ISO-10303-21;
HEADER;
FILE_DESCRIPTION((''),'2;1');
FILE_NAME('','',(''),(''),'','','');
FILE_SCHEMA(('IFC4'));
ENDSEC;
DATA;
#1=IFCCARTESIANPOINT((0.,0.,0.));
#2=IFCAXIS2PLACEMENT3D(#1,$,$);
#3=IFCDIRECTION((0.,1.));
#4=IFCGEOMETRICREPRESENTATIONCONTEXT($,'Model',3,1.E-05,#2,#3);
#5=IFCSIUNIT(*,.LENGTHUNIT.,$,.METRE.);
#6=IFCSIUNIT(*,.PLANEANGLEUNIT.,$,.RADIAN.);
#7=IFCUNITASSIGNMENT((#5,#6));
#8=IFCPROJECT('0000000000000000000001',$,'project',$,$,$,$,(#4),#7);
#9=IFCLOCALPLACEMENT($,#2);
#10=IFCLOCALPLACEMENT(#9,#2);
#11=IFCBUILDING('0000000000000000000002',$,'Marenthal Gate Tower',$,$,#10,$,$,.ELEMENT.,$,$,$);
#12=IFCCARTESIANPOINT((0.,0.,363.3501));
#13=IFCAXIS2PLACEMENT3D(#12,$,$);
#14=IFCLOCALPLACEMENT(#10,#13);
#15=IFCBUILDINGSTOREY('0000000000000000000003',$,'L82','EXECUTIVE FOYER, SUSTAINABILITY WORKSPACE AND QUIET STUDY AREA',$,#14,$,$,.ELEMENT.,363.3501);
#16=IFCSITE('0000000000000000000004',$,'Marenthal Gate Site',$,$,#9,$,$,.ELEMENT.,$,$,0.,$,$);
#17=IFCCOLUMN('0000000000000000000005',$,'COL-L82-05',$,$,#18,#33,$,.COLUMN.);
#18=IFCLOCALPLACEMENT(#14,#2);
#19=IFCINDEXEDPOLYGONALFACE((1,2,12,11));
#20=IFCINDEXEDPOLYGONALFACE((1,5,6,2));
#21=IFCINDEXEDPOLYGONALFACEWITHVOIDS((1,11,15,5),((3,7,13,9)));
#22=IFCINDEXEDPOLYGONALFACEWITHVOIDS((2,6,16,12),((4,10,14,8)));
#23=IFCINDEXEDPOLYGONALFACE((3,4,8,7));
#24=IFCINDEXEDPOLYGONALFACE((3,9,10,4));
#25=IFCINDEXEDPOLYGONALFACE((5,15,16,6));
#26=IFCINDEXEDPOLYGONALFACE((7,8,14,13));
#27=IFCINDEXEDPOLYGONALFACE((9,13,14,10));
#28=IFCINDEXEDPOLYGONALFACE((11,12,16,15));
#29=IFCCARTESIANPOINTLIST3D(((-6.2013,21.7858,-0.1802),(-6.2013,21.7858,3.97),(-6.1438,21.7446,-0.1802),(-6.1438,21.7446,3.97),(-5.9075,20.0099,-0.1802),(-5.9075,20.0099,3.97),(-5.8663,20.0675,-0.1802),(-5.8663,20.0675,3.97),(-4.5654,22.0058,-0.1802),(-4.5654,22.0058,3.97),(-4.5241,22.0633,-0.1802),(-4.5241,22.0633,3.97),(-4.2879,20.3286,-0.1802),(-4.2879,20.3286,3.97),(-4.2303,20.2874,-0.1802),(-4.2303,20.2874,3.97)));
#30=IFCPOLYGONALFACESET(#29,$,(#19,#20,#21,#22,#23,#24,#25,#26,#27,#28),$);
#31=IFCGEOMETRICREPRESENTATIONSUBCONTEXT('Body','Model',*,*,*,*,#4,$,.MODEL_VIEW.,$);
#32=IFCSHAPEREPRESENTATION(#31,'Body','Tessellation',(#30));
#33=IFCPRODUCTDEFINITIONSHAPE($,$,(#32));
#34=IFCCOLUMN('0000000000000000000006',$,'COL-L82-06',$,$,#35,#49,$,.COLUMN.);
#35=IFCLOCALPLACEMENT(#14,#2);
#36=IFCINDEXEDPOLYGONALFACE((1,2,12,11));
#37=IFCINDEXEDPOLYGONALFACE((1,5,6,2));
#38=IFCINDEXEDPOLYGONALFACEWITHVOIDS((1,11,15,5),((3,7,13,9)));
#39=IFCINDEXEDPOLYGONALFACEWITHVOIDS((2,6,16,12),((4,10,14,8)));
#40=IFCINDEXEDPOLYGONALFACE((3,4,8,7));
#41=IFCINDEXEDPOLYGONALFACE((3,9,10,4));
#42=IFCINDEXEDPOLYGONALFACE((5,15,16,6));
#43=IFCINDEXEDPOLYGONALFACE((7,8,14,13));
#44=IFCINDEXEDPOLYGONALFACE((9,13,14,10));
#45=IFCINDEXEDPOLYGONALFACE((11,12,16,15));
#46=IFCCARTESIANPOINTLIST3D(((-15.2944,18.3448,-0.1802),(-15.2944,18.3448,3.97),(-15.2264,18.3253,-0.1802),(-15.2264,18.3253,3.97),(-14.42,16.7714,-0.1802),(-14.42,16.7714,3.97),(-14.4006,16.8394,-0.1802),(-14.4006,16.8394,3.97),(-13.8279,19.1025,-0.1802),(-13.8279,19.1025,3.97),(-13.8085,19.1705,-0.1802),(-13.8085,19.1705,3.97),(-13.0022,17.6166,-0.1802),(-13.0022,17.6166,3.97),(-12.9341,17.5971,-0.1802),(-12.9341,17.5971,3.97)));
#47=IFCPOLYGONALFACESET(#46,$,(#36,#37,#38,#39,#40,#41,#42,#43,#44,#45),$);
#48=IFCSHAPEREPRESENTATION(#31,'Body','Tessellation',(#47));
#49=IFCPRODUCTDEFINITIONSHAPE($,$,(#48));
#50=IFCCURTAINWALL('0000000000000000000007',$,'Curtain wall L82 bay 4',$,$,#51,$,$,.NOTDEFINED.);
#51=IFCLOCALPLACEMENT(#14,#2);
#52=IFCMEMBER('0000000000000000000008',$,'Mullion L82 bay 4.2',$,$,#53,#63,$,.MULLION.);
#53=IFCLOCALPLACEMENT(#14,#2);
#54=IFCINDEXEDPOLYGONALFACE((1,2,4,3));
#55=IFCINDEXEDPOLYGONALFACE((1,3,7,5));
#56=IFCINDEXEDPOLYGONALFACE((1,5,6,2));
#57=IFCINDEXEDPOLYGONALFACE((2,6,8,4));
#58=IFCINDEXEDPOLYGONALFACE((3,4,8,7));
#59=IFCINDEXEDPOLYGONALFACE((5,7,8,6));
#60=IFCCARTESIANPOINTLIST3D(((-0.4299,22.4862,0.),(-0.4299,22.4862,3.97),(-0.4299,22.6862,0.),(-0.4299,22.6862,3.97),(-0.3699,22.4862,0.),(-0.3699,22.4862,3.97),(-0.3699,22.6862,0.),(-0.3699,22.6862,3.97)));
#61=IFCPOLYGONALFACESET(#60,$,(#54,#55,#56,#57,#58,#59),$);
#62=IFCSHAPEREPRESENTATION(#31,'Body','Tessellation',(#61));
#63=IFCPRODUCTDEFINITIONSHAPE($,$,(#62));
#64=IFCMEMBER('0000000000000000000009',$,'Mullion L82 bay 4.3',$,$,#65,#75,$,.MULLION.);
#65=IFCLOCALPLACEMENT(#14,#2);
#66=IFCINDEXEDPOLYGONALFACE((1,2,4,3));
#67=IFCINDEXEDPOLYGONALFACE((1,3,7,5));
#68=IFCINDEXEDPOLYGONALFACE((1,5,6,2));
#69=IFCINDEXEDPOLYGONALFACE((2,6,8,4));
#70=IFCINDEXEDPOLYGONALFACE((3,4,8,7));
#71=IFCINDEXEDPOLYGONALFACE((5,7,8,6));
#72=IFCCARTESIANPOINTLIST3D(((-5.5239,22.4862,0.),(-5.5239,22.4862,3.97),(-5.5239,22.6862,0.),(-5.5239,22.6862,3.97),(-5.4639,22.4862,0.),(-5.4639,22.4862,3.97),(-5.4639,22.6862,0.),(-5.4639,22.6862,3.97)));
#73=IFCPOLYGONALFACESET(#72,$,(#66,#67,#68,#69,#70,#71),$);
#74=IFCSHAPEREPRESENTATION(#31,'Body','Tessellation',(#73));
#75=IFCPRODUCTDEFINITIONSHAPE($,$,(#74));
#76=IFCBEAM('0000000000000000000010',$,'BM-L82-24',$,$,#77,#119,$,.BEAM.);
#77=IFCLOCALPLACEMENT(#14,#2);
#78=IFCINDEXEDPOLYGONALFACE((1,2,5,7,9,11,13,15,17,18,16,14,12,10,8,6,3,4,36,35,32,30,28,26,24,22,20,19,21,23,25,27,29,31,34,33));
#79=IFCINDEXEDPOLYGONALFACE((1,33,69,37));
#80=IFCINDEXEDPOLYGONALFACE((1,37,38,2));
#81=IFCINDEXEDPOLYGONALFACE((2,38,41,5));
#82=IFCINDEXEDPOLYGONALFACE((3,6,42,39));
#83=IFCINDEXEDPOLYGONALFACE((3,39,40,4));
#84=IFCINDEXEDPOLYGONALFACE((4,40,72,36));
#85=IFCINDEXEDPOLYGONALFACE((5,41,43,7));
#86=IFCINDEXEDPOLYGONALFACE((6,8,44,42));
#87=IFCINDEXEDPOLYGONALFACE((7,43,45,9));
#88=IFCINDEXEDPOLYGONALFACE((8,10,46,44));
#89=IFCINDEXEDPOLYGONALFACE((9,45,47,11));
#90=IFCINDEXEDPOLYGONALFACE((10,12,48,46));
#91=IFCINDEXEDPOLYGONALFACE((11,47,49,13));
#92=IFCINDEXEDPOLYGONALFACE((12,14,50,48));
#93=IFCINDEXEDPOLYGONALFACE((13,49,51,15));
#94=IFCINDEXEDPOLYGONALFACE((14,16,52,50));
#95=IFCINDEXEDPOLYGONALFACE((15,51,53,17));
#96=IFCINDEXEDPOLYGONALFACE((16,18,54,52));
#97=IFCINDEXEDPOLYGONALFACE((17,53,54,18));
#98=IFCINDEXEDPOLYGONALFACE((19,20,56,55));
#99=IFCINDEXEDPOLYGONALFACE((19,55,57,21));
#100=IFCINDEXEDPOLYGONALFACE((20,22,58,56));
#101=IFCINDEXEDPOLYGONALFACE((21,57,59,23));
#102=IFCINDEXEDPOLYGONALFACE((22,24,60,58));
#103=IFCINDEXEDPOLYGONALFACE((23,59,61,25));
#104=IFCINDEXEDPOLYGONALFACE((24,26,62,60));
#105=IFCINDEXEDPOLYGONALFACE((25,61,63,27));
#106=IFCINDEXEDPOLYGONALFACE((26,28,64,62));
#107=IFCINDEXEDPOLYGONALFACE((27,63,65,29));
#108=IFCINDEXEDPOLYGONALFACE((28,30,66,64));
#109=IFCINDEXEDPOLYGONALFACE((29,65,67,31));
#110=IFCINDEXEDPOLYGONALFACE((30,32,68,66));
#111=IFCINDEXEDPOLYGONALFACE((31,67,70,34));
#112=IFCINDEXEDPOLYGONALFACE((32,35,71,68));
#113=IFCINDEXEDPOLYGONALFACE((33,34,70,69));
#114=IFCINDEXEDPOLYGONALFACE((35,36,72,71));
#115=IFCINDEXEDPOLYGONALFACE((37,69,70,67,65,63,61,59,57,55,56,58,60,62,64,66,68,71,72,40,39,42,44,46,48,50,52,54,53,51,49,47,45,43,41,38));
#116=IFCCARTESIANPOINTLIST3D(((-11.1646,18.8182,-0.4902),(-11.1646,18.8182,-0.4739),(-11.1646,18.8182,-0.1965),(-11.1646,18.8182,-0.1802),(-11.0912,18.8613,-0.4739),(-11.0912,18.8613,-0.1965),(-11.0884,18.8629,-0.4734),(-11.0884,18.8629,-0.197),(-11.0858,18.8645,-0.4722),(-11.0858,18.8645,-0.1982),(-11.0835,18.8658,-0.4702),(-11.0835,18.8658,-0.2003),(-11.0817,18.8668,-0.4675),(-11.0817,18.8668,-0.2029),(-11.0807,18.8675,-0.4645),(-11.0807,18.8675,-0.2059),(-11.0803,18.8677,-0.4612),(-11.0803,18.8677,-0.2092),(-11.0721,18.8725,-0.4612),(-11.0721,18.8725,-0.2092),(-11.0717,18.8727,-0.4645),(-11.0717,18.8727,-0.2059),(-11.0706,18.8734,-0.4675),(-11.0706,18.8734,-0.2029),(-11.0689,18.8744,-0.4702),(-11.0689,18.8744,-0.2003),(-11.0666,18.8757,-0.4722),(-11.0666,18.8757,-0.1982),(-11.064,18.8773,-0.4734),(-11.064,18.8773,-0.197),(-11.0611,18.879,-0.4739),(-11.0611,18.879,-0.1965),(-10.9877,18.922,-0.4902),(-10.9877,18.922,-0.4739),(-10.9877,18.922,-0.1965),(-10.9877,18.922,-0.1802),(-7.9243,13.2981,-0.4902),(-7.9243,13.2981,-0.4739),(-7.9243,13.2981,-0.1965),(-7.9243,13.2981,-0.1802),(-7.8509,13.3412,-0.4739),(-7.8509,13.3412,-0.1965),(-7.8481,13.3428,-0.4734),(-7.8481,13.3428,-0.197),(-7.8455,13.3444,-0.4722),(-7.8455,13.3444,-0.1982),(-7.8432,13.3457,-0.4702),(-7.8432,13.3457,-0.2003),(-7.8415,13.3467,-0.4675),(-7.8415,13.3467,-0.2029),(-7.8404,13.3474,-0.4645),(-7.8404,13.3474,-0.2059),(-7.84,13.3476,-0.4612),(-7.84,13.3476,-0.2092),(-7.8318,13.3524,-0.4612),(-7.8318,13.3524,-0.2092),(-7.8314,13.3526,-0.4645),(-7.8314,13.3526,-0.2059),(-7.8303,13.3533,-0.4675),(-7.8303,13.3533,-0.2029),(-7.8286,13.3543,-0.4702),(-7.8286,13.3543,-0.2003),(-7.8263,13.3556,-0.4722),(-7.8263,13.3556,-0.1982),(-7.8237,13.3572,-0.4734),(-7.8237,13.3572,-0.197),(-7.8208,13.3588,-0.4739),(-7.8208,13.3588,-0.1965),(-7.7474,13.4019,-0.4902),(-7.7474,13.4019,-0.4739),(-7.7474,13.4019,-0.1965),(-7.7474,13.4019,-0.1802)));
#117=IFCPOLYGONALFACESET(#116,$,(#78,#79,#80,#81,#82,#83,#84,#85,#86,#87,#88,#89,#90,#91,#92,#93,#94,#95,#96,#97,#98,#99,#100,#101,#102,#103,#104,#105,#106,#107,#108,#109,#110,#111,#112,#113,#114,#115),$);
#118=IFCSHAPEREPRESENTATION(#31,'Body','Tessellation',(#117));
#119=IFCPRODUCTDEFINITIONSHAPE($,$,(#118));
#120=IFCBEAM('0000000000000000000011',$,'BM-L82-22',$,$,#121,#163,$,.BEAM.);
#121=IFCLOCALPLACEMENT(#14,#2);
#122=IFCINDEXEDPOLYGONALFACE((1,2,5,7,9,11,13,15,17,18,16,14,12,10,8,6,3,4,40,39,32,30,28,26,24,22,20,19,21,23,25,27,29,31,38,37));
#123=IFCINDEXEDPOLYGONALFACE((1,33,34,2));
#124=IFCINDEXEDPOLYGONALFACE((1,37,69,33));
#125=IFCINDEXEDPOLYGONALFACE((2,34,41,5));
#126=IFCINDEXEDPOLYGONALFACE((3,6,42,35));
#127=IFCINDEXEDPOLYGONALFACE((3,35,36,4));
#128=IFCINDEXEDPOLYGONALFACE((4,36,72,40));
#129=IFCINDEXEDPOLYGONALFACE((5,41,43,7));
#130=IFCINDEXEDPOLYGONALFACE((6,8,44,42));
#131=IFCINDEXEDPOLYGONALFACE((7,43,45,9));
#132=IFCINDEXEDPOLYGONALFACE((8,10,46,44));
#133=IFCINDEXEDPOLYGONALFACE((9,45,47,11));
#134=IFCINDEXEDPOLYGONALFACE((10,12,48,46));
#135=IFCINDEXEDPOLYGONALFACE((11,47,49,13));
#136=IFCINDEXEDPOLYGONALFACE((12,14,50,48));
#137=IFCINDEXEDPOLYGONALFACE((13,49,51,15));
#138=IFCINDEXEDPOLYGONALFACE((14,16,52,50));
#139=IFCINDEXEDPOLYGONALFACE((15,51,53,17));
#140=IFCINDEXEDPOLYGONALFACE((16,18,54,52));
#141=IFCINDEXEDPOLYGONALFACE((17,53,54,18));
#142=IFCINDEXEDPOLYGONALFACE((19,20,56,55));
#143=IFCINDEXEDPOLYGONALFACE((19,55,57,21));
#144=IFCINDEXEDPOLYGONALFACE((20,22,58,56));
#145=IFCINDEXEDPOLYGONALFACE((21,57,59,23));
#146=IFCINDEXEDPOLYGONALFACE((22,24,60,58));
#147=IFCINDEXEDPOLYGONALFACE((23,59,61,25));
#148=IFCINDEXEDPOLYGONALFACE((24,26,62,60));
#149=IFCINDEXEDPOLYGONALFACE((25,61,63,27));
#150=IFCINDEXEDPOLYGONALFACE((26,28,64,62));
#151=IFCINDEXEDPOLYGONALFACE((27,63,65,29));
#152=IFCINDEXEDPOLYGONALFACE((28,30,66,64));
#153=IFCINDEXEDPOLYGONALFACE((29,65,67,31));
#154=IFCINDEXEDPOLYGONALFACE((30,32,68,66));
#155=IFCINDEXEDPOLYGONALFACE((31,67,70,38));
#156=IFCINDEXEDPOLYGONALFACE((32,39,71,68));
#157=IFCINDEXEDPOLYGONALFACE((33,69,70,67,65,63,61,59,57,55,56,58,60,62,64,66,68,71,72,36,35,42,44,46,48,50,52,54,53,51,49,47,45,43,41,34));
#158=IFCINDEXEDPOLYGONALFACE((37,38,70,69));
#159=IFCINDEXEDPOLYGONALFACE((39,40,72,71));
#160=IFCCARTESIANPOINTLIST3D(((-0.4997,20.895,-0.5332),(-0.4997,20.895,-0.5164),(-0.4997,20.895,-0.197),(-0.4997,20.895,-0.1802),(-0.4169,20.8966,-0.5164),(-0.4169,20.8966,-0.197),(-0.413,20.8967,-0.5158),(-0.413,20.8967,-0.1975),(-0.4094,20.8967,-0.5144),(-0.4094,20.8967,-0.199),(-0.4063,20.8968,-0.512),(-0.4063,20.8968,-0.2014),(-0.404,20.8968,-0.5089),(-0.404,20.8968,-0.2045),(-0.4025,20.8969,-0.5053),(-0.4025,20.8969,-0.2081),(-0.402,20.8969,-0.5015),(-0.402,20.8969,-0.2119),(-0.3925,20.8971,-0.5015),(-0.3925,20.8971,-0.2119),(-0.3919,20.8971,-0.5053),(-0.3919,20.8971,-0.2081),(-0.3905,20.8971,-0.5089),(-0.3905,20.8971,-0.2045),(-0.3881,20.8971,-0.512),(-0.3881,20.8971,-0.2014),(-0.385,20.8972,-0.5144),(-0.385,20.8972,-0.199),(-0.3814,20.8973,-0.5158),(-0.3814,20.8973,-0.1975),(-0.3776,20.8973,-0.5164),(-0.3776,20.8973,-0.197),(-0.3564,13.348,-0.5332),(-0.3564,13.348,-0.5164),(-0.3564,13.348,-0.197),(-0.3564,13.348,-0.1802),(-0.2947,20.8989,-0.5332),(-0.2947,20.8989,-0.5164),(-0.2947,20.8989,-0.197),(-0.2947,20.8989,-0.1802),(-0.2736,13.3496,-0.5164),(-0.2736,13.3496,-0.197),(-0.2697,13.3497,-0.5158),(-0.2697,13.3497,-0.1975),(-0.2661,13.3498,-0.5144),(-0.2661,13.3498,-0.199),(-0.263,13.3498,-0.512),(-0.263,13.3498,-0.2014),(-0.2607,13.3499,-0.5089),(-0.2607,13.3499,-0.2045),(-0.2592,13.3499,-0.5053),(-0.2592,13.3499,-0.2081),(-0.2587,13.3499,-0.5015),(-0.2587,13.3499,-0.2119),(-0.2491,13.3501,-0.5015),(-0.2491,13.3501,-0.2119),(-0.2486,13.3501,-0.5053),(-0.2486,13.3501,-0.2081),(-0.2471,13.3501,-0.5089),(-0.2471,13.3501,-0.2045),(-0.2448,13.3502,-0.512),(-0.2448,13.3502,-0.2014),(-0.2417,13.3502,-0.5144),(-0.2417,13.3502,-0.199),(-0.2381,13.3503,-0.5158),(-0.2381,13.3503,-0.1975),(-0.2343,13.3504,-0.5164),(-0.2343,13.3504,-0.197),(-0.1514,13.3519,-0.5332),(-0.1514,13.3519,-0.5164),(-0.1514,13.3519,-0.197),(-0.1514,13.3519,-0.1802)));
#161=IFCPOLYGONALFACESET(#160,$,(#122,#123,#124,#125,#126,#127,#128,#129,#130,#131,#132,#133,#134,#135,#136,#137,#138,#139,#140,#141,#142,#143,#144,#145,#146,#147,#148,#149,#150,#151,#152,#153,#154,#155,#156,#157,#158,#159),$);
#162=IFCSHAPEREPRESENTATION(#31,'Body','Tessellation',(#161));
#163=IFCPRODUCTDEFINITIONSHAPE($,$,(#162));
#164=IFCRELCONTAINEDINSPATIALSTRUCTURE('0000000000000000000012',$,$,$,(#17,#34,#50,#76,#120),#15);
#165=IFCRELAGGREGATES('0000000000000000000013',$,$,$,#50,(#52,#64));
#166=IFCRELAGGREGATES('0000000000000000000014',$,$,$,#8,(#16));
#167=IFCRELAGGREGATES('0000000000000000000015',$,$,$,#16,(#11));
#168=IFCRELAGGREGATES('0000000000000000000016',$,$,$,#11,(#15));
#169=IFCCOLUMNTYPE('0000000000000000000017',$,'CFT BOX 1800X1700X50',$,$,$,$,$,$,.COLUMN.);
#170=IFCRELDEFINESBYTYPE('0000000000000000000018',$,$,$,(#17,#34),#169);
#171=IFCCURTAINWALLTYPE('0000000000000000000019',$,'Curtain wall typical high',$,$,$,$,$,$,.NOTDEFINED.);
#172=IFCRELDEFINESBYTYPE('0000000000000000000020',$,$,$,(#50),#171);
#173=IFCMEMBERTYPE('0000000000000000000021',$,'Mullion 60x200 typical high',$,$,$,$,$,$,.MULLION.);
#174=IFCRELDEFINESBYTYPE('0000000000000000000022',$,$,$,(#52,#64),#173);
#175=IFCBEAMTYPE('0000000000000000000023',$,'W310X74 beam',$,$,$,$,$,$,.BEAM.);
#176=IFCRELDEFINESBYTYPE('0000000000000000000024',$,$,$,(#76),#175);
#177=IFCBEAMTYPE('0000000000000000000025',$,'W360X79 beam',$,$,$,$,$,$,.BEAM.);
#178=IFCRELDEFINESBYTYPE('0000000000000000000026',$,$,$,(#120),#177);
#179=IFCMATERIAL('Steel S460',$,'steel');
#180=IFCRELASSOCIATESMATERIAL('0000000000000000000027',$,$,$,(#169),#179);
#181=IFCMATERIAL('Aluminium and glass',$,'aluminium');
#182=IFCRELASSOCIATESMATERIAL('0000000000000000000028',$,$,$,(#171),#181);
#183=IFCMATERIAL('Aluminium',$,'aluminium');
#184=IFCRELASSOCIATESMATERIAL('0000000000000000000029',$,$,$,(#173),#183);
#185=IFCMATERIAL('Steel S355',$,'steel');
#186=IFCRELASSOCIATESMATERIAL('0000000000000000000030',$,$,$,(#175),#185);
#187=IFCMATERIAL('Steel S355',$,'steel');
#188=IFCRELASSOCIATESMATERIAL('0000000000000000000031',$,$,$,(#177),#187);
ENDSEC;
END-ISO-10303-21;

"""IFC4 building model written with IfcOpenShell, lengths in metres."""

from ifc_helpers import new_model, si_unit, direction, frame, origin, origin_2d, place, context, subcontext, project, spatial, rectangle, hollow_rectangle, i_section, extrude, material, material_profile, profile_set, type_object, element, aggregate, save


model = new_model("IFC4")

# Units and contexts
model_context = context("Model", 3, precision=1e-05, world=origin(), true_north=direction((0.0, 1.0)))
body_context = subcontext(model_context, "Body", "Model", "MODEL_VIEW")
ifc_project = project(units=[si_unit("LENGTHUNIT", "METRE"), si_unit("PLANEANGLEUNIT", "RADIAN")], contexts=[model_context])

# Site, building, storey
site_placement = place(None, origin())
site = spatial("IfcSite", under=ifc_project, at=site_placement, Name="Marenthal Gate Site", CompositionType="ELEMENT", RefElevation=0.0)
building_placement = place(site_placement, origin())
building = spatial("IfcBuilding", under=site, at=building_placement, Name="Marenthal Gate Tower", CompositionType="ELEMENT")
storey_placement = place(building_placement, frame((0.0, 0.0, 363.3501)))
storey = spatial("IfcBuildingStorey", under=building, at=storey_placement, Name="L82", Description="EXECUTIVE FOYER, SUSTAINABILITY WORKSPACE AND QUIET STUDY AREA", CompositionType="ELEMENT", Elevation=363.3501)

# Columns
ifc_material_1 = material(Name="Steel S460", Category="steel")
ifc_material_profile_1 = material_profile(ifc_material_1, hollow_rectangle(XDim=1.7, YDim=1.8, WallThickness=0.05, at=origin_2d()), Name="CFT BOX 1800X1700X50")
ifc_material_2 = material(Name="Concrete 70 MPa", Category="concrete")
ifc_material_profile_2 = material_profile(ifc_material_2, rectangle(XDim=1.6001, YDim=1.7, at=origin_2d()), Name="CFT BOX 1800X1700X50 INFILL")
ifc_profile_set_1 = profile_set([ifc_material_profile_1, ifc_material_profile_2], Name="Steel S460 shell, Concrete 70 MPa infill")
column_type = type_object("IfcColumnType", Name="CFT BOX 1800X1700X50", PredefinedType="COLUMN", material=ifc_profile_set_1)
for number, where, z_axis, x_axis, name in (
    (1, (-5.2158, 21.0366, -0.1802), (0.0, 0.0, 1.0), (0.98659, 0.163221, 0.0), "COL-L82-05"),
    (2, (-14.1143, 17.9709, -0.1802), (0.0, 0.0, 1.0), (0.874089, 0.485765, 0.0), "COL-L82-06"),
):
    element("IfcColumn", number, at=place(storey_placement, frame(where, z_axis=z_axis, x_axis=x_axis)), inside=storey, type_object=column_type, Name=name, PredefinedType="COLUMN", context=body_context, shape_type="SweptSolid", body=[
        extrude(hollow_rectangle(XDim=1.7, YDim=1.8, WallThickness=0.05, at=origin_2d()), origin(), (0.0, 0.0, 1.0), 4.1501),
    ])

# Curtain wall, members
ifc_material_3 = material(Name="Aluminium and glass", Category="aluminium")
curtain_wall_type = type_object("IfcCurtainWallType", Name="Curtain wall typical high", PredefinedType="NOTDEFINED", material=ifc_material_3)
curtain_wall_placement = place(storey_placement, origin())
curtain_wall = element("IfcCurtainWall", 3, at=curtain_wall_placement, inside=storey, type_object=curtain_wall_type, Name="Curtain wall L82 bay 4", PredefinedType="NOTDEFINED")
ifc_material_4 = material(Name="Aluminium", Category="aluminium")
ifc_material_profile_3 = material_profile(ifc_material_4, rectangle(XDim=0.2, YDim=0.0601, at=origin_2d()), Name="60x200 aluminium mullion")
ifc_profile_set_2 = profile_set([ifc_material_profile_3], Name="Aluminium")
member_type = type_object("IfcMemberType", Name="Mullion 60x200 typical high", PredefinedType="MULLION", material=ifc_profile_set_2)
member_1_placement = place(storey_placement, frame((-0.3999, 22.5862, 0.0), z_axis=(0.0, 0.0, 1.0), x_axis=(0.0, -1.0, 0.0)))
member_1 = element("IfcMember", 4, at=member_1_placement, type_object=member_type, Name="Mullion L82 bay 4.2", PredefinedType="MULLION", context=body_context, shape_type="SweptSolid", body=[
    extrude(rectangle(XDim=0.2, YDim=0.0601, at=origin_2d()), origin(), (0.0, 0.0, 1.0), 3.97),
])
member_2_placement = place(storey_placement, frame((-5.4939, 22.5862, 0.0), z_axis=(0.0, 0.0, 1.0), x_axis=(0.0, -1.0, 0.0)))
member_2 = element("IfcMember", 5, at=member_2_placement, type_object=member_type, Name="Mullion L82 bay 4.3", PredefinedType="MULLION", context=body_context, shape_type="SweptSolid", body=[
    extrude(rectangle(XDim=0.2, YDim=0.0601, at=origin_2d()), origin(), (0.0, 0.0, 1.0), 3.97),
])

# Beams
ifc_material_5 = material(Name="Steel S355", Category="steel")
ifc_material_profile_4 = material_profile(ifc_material_5, i_section(OverallWidth=0.2051, OverallDepth=0.3101, WebThickness=0.0095, FlangeThickness=0.0164, FilletRadius=0.0127, at=origin_2d()), Name="W310X74")
ifc_profile_set_3 = profile_set([ifc_material_profile_4], Name="Steel S355")
beam_type_1 = type_object("IfcBeamType", Name="W310X74 beam", PredefinedType="BEAM", material=ifc_profile_set_3)
beam_1_placement = place(storey_placement, frame((-11.0762, 18.8701, -0.3352), z_axis=(0.506226, -0.862401, 0.0), x_axis=(0.862401, 0.506226, 0.0)))
element("IfcBeam", 6, at=beam_1_placement, inside=storey, type_object=beam_type_1, Name="BM-L82-24", PredefinedType="BEAM", context=body_context, shape_type="SweptSolid", body=[
    extrude(i_section(OverallWidth=0.2051, OverallDepth=0.3101, WebThickness=0.0095, FlangeThickness=0.0164, FilletRadius=0.0127, at=origin_2d()), origin(), (0.0, 0.0, 1.0), 6.4009),
])
ifc_material_6 = material(Name="Steel S355", Category="steel")
ifc_material_profile_5 = material_profile(ifc_material_6, i_section(OverallWidth=0.2051, OverallDepth=0.353, WebThickness=0.0095, FlangeThickness=0.0168, FilletRadius=0.0149, at=origin_2d()), Name="W360X79")
ifc_profile_set_4 = profile_set([ifc_material_profile_5], Name="Steel S355")
beam_type_2 = type_object("IfcBeamType", Name="W360X79 beam", PredefinedType="BEAM", material=ifc_profile_set_4)
beam_2_placement = place(storey_placement, frame((-0.3972, 20.897, -0.3567), z_axis=(0.018986, -0.99982, 0.0), x_axis=(0.99982, 0.018986, 0.0)))
element("IfcBeam", 7, at=beam_2_placement, inside=storey, type_object=beam_type_2, Name="BM-L82-22", PredefinedType="BEAM", context=body_context, shape_type="SweptSolid", body=[
    extrude(i_section(OverallWidth=0.2051, OverallDepth=0.353, WebThickness=0.0095, FlangeThickness=0.0168, FilletRadius=0.0149, at=origin_2d()), origin(), (0.0, 0.0, 1.0), 7.5483),
])

aggregate(curtain_wall, [member_1, member_2])

save(model, "model.ifc")
